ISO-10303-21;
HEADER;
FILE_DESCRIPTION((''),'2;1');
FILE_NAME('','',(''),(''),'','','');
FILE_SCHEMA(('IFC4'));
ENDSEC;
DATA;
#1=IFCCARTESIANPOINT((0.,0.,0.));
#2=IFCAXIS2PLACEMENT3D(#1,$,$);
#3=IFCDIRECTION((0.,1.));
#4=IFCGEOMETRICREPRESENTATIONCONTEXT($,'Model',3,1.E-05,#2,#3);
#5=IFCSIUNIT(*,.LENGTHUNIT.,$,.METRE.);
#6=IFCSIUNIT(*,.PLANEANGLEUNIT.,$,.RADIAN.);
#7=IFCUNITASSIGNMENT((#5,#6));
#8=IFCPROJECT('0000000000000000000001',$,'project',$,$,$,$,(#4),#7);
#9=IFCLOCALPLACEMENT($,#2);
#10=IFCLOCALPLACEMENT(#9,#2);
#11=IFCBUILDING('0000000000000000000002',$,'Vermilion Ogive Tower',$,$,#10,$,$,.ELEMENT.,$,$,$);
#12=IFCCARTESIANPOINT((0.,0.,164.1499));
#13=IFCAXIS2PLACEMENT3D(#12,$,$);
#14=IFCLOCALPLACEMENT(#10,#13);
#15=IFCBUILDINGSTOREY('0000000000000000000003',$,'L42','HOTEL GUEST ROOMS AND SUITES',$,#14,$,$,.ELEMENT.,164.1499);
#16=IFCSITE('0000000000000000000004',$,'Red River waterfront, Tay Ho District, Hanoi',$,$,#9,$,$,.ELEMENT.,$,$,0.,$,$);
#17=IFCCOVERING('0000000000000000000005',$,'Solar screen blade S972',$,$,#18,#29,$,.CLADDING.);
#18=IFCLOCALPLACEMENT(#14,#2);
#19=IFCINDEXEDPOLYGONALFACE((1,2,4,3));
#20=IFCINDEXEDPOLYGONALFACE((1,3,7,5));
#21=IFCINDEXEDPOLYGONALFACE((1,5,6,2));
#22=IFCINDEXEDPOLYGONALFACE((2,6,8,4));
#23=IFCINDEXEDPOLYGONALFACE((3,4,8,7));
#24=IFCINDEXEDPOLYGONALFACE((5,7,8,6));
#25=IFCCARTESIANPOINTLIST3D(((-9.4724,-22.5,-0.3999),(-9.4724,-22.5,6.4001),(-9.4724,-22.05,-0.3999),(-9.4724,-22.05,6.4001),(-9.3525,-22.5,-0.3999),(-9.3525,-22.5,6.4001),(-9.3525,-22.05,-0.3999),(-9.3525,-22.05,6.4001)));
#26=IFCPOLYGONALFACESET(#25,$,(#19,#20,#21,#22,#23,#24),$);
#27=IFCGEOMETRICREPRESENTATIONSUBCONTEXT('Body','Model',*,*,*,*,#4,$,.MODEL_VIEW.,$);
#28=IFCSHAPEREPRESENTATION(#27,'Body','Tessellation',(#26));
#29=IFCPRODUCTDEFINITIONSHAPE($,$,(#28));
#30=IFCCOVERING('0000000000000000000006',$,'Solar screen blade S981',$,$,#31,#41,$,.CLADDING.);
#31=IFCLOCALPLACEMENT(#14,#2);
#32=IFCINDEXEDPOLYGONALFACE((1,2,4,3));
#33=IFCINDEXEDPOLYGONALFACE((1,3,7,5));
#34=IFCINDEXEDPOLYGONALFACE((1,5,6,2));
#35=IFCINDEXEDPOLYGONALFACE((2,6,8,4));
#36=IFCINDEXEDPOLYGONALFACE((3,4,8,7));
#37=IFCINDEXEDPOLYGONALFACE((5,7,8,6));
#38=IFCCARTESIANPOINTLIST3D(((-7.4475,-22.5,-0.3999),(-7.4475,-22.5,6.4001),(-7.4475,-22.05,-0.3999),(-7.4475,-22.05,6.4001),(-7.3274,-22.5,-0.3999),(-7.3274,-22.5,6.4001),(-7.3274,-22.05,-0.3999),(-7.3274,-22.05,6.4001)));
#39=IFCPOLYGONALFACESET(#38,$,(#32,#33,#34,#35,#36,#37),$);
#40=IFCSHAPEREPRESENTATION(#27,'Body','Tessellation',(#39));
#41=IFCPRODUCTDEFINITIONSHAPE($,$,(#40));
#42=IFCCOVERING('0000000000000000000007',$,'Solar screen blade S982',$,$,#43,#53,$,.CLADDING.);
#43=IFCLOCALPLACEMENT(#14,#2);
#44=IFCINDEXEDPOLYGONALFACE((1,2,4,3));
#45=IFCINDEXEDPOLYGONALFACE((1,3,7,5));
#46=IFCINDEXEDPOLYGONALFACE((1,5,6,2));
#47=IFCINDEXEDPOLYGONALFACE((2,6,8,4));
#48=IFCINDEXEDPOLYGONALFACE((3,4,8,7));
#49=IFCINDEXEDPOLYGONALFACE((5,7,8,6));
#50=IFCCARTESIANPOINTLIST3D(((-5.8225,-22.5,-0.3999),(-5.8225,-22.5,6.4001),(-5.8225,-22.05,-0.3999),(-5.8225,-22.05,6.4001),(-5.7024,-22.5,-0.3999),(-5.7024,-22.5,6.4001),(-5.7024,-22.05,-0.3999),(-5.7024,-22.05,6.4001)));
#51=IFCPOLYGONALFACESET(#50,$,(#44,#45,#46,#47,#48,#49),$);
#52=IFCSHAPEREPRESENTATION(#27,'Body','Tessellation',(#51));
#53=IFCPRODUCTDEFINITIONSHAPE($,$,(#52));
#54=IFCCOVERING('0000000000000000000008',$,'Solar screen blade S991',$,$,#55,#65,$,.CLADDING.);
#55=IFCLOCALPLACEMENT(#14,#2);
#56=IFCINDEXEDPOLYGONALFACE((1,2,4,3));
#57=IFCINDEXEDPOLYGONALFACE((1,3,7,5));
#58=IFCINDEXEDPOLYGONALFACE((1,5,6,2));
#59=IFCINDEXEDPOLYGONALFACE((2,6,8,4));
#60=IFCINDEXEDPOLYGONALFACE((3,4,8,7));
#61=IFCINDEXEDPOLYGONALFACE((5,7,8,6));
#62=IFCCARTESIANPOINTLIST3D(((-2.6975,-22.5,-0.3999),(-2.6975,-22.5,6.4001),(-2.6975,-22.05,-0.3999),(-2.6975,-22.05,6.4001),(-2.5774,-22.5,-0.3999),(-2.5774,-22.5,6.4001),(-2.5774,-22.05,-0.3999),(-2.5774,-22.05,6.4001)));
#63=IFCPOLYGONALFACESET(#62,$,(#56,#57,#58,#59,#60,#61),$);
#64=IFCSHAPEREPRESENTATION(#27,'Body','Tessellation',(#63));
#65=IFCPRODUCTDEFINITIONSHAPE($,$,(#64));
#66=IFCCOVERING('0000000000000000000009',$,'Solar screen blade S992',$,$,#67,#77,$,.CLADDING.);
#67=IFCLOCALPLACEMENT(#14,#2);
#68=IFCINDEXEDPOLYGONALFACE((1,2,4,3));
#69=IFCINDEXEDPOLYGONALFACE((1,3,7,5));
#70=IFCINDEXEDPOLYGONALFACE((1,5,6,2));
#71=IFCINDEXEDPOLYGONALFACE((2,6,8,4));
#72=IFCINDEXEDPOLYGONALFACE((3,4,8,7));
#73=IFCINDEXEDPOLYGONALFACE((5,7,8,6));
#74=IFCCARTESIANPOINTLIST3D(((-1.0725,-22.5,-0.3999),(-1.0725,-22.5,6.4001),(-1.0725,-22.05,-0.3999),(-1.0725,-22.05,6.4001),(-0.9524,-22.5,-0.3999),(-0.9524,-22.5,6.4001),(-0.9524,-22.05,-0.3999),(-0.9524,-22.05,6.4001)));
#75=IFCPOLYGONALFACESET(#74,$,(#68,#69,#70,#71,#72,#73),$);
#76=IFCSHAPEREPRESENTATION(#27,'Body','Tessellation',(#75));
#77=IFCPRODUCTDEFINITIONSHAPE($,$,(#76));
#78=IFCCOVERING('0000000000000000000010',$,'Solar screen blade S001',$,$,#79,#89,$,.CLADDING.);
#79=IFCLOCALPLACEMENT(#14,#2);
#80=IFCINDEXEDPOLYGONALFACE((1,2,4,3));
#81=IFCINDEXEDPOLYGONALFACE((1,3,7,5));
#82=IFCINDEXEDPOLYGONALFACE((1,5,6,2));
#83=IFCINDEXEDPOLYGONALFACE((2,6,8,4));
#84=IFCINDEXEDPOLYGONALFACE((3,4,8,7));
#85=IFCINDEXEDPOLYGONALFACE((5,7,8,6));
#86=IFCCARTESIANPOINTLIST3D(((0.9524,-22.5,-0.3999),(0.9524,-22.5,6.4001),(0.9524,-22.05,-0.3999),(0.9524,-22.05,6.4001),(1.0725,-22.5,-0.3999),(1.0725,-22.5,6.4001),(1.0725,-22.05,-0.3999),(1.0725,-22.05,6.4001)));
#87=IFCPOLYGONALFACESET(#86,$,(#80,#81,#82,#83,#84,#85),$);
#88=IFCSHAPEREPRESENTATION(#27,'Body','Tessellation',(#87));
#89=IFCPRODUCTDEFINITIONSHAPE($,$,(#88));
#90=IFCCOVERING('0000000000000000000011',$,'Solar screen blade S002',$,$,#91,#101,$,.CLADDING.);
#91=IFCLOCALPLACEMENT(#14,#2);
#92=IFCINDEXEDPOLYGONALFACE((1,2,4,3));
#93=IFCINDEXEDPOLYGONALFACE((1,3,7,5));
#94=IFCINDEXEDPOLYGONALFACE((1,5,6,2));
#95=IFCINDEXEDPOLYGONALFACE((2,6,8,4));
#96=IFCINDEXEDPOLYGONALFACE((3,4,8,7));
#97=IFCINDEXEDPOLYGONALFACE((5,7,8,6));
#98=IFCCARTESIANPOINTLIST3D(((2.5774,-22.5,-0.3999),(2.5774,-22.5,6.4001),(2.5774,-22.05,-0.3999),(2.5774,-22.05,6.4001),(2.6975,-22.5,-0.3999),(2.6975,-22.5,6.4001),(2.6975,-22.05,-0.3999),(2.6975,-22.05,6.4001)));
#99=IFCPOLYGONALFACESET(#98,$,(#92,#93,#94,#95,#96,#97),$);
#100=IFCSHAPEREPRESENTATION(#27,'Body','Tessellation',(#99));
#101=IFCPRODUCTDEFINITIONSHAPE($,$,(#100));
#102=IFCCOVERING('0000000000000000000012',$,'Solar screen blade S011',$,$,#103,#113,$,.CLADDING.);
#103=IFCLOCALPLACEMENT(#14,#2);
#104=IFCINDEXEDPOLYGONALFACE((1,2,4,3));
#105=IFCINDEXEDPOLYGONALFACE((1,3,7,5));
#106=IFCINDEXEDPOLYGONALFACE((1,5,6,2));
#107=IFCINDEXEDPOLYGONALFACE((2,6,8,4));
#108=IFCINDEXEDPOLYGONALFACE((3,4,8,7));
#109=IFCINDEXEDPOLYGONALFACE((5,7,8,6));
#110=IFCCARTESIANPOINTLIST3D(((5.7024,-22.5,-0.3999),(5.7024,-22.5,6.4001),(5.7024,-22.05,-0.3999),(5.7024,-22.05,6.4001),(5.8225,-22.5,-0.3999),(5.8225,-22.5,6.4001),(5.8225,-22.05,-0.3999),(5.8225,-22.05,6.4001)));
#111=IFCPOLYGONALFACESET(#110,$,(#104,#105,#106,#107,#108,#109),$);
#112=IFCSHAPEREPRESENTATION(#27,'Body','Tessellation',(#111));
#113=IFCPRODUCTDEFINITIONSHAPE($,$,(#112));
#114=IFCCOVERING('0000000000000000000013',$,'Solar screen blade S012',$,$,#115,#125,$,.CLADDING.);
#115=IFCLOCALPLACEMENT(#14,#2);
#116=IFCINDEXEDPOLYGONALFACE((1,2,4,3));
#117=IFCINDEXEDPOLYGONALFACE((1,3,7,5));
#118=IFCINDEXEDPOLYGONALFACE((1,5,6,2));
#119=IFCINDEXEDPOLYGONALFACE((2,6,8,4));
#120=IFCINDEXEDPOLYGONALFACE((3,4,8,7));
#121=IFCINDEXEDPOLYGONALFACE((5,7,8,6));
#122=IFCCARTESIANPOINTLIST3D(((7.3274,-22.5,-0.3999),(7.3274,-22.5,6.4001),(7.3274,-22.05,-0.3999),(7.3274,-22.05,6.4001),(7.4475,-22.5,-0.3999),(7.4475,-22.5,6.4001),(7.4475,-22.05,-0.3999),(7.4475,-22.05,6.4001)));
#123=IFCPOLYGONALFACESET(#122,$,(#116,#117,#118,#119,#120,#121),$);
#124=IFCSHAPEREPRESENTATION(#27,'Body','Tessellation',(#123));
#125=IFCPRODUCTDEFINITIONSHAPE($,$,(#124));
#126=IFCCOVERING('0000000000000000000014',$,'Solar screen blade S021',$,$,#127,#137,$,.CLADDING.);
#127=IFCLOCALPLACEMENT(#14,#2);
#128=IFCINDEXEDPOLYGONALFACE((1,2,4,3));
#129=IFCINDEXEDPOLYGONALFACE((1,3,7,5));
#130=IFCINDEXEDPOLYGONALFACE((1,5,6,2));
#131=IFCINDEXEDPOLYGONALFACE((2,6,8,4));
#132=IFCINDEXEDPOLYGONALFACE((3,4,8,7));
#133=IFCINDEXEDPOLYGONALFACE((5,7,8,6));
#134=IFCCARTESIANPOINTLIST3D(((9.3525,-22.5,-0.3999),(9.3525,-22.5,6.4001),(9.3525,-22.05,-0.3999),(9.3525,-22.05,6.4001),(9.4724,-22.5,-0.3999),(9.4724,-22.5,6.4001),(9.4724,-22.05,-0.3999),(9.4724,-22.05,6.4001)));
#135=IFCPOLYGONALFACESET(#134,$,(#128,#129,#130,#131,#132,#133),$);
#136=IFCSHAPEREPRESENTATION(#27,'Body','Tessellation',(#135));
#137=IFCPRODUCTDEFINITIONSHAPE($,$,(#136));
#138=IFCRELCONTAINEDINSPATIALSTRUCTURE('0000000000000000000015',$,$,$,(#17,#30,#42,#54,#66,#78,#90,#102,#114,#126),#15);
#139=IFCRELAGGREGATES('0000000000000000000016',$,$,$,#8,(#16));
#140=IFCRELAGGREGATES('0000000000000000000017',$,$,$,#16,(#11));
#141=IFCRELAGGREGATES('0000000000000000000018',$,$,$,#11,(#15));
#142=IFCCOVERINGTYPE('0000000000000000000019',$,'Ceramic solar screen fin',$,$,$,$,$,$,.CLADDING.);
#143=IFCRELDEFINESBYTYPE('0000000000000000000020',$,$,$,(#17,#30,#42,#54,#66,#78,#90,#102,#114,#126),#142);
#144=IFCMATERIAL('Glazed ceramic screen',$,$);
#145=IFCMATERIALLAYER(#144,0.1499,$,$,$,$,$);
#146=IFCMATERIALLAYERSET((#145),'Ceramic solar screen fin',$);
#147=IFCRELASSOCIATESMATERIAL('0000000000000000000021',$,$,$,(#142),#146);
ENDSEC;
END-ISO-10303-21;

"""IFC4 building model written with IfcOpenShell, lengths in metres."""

from ifc_helpers import new_model, si_unit, direction, frame, origin, place, context, subcontext, project, spatial, polyline, outline, extrude, material, layer, layer_set, type_object, element, save


model = new_model("IFC4")

# Units and contexts
model_context = context("Model", 3, precision=1e-05, world=origin(), true_north=direction((0.0, 1.0)))
body_context = subcontext(model_context, "Body", "Model", "MODEL_VIEW")
ifc_project = project(units=[si_unit("LENGTHUNIT", "METRE"), si_unit("PLANEANGLEUNIT", "RADIAN")], contexts=[model_context])

# Site, building, storey
site_placement = place(None, origin())
site = spatial("IfcSite", under=ifc_project, at=site_placement, Name="Red River waterfront, Tay Ho District, Hanoi", CompositionType="ELEMENT", RefElevation=0.0)
building_placement = place(site_placement, origin())
building = spatial("IfcBuilding", under=site, at=building_placement, Name="Vermilion Ogive Tower", CompositionType="ELEMENT")
storey_placement = place(building_placement, frame((0.0, 0.0, 164.1499)))
storey = spatial("IfcBuildingStorey", under=building, at=storey_placement, Name="L42", Description="HOTEL GUEST ROOMS AND SUITES", CompositionType="ELEMENT", Elevation=164.1499)

# Coverings
ifc_material_1 = material(Name="Glazed ceramic screen")
ifc_layer_1 = layer(ifc_material_1, 0.1499)
ifc_layer_set_1 = layer_set([ifc_layer_1], Name="Ceramic solar screen fin")
covering_type = type_object("IfcCoveringType", Name="Ceramic solar screen fin", PredefinedType="CLADDING", material=ifc_layer_set_1)
covering_1_placement = place(storey_placement, frame((0.0, 0.0, -0.3999)))
element("IfcCovering", 1, at=covering_1_placement, inside=storey, type_object=covering_type, Name="Solar screen blade S972", PredefinedType="CLADDING", context=body_context, shape_type="SweptSolid", body=[
    extrude(outline(polyline([(-9.4724, -22.5), (-9.3525, -22.5), (-9.3525, -22.05), (-9.4724, -22.05), (-9.4724, -22.5)])), origin(), (0.0, 0.0, 1.0), 6.8),
])
covering_2_placement = place(storey_placement, frame((0.0, 0.0, -0.3999)))
element("IfcCovering", 2, at=covering_2_placement, inside=storey, type_object=covering_type, Name="Solar screen blade S981", PredefinedType="CLADDING", context=body_context, shape_type="SweptSolid", body=[
    extrude(outline(polyline([(-7.4475, -22.5), (-7.3274, -22.5), (-7.3274, -22.05), (-7.4475, -22.05), (-7.4475, -22.5)])), origin(), (0.0, 0.0, 1.0), 6.8),
])
covering_3_placement = place(storey_placement, frame((0.0, 0.0, -0.3999)))
element("IfcCovering", 3, at=covering_3_placement, inside=storey, type_object=covering_type, Name="Solar screen blade S982", PredefinedType="CLADDING", context=body_context, shape_type="SweptSolid", body=[
    extrude(outline(polyline([(-5.8225, -22.5), (-5.7024, -22.5), (-5.7024, -22.05), (-5.8225, -22.05), (-5.8225, -22.5)])), origin(), (0.0, 0.0, 1.0), 6.8),
])
covering_4_placement = place(storey_placement, frame((0.0, 0.0, -0.3999)))
element("IfcCovering", 4, at=covering_4_placement, inside=storey, type_object=covering_type, Name="Solar screen blade S991", PredefinedType="CLADDING", context=body_context, shape_type="SweptSolid", body=[
    extrude(outline(polyline([(-2.6975, -22.5), (-2.5774, -22.5), (-2.5774, -22.05), (-2.6975, -22.05), (-2.6975, -22.5)])), origin(), (0.0, 0.0, 1.0), 6.8),
])
covering_5_placement = place(storey_placement, frame((0.0, 0.0, -0.3999)))
element("IfcCovering", 5, at=covering_5_placement, inside=storey, type_object=covering_type, Name="Solar screen blade S992", PredefinedType="CLADDING", context=body_context, shape_type="SweptSolid", body=[
    extrude(outline(polyline([(-1.0725, -22.5), (-0.9524, -22.5), (-0.9524, -22.05), (-1.0725, -22.05), (-1.0725, -22.5)])), origin(), (0.0, 0.0, 1.0), 6.8),
])
covering_6_placement = place(storey_placement, frame((0.0, 0.0, -0.3999)))
element("IfcCovering", 6, at=covering_6_placement, inside=storey, type_object=covering_type, Name="Solar screen blade S001", PredefinedType="CLADDING", context=body_context, shape_type="SweptSolid", body=[
    extrude(outline(polyline([(0.9524, -22.5), (1.0725, -22.5), (1.0725, -22.05), (0.9524, -22.05), (0.9524, -22.5)])), origin(), (0.0, 0.0, 1.0), 6.8),
])
covering_7_placement = place(storey_placement, frame((0.0, 0.0, -0.3999)))
element("IfcCovering", 7, at=covering_7_placement, inside=storey, type_object=covering_type, Name="Solar screen blade S002", PredefinedType="CLADDING", context=body_context, shape_type="SweptSolid", body=[
    extrude(outline(polyline([(2.5774, -22.5), (2.6975, -22.5), (2.6975, -22.05), (2.5774, -22.05), (2.5774, -22.5)])), origin(), (0.0, 0.0, 1.0), 6.8),
])
covering_8_placement = place(storey_placement, frame((0.0, 0.0, -0.3999)))
element("IfcCovering", 8, at=covering_8_placement, inside=storey, type_object=covering_type, Name="Solar screen blade S011", PredefinedType="CLADDING", context=body_context, shape_type="SweptSolid", body=[
    extrude(outline(polyline([(5.7024, -22.5), (5.8225, -22.5), (5.8225, -22.05), (5.7024, -22.05), (5.7024, -22.5)])), origin(), (0.0, 0.0, 1.0), 6.8),
])
covering_9_placement = place(storey_placement, frame((0.0, 0.0, -0.3999)))
element("IfcCovering", 9, at=covering_9_placement, inside=storey, type_object=covering_type, Name="Solar screen blade S012", PredefinedType="CLADDING", context=body_context, shape_type="SweptSolid", body=[
    extrude(outline(polyline([(7.3274, -22.5), (7.4475, -22.5), (7.4475, -22.05), (7.3274, -22.05), (7.3274, -22.5)])), origin(), (0.0, 0.0, 1.0), 6.8),
])
covering_10_placement = place(storey_placement, frame((0.0, 0.0, -0.3999)))
element("IfcCovering", 10, at=covering_10_placement, inside=storey, type_object=covering_type, Name="Solar screen blade S021", PredefinedType="CLADDING", context=body_context, shape_type="SweptSolid", body=[
    extrude(outline(polyline([(9.3525, -22.5), (9.4724, -22.5), (9.4724, -22.05), (9.3525, -22.05), (9.3525, -22.5)])), origin(), (0.0, 0.0, 1.0), 6.8),
])

save(model, "model.ifc")
